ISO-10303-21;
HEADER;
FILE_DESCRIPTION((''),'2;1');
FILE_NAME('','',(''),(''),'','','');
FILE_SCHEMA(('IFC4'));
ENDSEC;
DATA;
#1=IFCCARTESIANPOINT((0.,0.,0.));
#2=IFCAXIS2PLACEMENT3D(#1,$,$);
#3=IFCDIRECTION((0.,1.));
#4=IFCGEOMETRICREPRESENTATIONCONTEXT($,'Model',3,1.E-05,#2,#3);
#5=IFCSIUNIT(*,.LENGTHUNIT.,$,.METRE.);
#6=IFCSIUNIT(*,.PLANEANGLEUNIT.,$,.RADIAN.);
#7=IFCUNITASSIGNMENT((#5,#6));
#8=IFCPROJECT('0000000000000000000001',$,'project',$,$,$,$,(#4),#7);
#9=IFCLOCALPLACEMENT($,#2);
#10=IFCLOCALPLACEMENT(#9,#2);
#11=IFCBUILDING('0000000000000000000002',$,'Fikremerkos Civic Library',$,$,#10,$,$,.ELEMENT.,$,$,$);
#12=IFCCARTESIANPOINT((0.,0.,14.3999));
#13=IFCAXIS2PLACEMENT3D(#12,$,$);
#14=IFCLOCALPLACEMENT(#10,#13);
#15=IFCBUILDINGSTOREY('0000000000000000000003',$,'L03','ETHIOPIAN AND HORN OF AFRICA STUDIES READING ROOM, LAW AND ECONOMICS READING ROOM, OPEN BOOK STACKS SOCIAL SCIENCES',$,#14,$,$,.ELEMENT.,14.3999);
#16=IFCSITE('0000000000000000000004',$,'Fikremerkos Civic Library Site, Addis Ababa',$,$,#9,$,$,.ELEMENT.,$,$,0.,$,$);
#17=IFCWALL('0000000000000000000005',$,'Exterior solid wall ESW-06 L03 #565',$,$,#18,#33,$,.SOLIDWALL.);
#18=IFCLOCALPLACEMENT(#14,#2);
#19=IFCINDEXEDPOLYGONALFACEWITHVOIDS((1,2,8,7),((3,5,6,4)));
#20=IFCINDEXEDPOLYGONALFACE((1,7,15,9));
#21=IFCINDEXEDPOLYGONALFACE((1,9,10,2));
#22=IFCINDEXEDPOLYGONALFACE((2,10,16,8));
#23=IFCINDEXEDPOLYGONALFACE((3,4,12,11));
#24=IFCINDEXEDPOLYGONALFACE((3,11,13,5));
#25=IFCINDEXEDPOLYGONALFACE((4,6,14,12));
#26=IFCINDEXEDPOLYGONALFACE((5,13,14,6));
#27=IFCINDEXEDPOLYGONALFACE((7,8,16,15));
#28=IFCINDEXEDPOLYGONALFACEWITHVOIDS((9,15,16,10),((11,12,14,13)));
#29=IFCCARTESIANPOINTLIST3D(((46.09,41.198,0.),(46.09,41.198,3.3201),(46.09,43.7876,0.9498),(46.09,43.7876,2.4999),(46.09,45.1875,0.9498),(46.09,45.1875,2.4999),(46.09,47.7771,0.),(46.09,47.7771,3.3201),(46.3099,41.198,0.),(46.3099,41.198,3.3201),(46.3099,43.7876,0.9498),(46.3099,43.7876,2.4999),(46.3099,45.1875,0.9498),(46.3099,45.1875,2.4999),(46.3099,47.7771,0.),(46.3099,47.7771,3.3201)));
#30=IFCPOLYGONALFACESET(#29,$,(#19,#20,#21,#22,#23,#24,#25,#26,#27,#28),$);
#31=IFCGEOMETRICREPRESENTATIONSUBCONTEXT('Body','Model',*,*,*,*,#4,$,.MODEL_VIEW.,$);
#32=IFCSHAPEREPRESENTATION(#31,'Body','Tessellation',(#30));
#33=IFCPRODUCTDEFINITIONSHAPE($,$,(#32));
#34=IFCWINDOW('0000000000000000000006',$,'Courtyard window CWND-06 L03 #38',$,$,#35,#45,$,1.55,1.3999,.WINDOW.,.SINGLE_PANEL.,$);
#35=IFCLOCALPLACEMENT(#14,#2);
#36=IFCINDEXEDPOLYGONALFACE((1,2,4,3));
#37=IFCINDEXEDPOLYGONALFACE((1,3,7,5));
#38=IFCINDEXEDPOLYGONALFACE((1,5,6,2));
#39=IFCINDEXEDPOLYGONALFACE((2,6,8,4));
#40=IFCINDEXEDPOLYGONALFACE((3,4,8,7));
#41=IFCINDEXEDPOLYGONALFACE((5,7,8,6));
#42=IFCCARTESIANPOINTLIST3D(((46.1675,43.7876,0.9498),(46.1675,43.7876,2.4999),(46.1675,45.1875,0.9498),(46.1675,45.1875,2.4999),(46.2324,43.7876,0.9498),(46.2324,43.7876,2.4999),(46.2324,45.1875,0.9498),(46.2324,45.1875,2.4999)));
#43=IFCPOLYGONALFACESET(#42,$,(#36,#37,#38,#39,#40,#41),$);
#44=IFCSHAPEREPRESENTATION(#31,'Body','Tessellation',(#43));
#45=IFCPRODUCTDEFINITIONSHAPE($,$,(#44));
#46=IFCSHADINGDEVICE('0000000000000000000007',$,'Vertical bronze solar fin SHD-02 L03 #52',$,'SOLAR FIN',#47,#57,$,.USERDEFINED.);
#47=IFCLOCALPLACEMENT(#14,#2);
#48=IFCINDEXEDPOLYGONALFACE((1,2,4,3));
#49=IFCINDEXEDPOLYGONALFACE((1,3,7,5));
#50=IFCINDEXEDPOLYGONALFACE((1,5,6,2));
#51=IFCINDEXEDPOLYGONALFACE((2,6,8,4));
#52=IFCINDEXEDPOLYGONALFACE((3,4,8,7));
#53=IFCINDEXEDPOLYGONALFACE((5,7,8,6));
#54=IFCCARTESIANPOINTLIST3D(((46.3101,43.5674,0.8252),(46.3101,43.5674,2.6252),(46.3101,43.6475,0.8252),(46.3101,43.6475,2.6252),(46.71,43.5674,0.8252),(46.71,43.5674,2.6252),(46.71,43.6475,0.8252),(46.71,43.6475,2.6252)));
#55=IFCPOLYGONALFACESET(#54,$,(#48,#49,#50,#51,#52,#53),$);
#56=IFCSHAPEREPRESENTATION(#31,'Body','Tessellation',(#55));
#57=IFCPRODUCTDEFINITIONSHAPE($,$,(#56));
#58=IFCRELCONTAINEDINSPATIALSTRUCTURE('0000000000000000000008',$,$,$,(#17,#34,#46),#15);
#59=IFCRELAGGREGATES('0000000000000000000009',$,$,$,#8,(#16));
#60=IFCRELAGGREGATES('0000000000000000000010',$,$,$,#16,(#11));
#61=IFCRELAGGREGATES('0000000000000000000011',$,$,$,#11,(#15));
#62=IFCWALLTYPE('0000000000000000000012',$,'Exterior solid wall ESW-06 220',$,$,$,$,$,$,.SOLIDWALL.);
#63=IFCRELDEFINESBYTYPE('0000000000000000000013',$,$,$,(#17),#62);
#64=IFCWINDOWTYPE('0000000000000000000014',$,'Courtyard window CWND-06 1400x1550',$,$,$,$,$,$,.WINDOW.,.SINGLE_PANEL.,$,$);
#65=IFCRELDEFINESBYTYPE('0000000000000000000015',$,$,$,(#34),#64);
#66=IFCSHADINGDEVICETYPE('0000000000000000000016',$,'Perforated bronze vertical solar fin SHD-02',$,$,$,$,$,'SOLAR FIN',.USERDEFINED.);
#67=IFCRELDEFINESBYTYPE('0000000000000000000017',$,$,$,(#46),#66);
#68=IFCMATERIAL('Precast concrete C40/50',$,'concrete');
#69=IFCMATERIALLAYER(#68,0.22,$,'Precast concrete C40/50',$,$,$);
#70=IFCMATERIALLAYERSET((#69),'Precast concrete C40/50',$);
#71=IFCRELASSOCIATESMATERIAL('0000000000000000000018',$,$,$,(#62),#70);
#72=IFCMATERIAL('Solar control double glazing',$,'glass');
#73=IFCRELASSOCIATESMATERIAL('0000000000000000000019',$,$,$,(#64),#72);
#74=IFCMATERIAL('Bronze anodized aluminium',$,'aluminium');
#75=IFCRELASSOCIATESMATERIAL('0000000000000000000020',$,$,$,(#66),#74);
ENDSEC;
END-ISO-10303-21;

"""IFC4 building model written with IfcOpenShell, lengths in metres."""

from ifc_helpers import new_model, si_unit, direction, frame, frame_2d, origin, origin_2d, place, context, subcontext, project, spatial, rectangle, extrude, material, layer, layer_set, type_object, element, fill, save


model = new_model("IFC4")

# Units and contexts
model_context = context("Model", 3, precision=1e-05, world=origin(), true_north=direction((0.0, 1.0)))
body_context = subcontext(model_context, "Body", "Model", "MODEL_VIEW")
ifc_project = project(units=[si_unit("LENGTHUNIT", "METRE"), si_unit("PLANEANGLEUNIT", "RADIAN")], contexts=[model_context])

# Site, building, storey
site_placement = place(None, origin())
site = spatial("IfcSite", under=ifc_project, at=site_placement, Name="Fikremerkos Civic Library Site, Addis Ababa", CompositionType="ELEMENT", RefElevation=0.0)
building_placement = place(site_placement, origin())
building = spatial("IfcBuilding", under=site, at=building_placement, Name="Fikremerkos Civic Library", CompositionType="ELEMENT")
storey_placement = place(building_placement, frame((0.0, 0.0, 14.3999)))
storey = spatial("IfcBuildingStorey", under=building, at=storey_placement, Name="L03", Description="ETHIOPIAN AND HORN OF AFRICA STUDIES READING ROOM, LAW AND ECONOMICS READING ROOM, OPEN BOOK STACKS SOCIAL SCIENCES", CompositionType="ELEMENT", Elevation=14.3999)

# Shared definitions
ifc_material_1 = material(Name="Solar control double glazing", Category="glass")

# Shared definitions
ifc_material_2 = material(Name="Precast concrete C40/50", Category="concrete")

# Wall, opening, window
ifc_layer_1 = layer(ifc_material_2, 0.22, Name="Precast concrete C40/50")
ifc_layer_set_1 = layer_set([ifc_layer_1], Name="Precast concrete C40/50")
wall_type_1 = type_object("IfcWallType", Name="Exterior solid wall ESW-06 220", PredefinedType="SOLIDWALL", material=ifc_layer_set_1)
wall_1_placement = place(storey_placement, frame((46.2, 41.198, 0.0), z_axis=(0.0, 0.0, 1.0), x_axis=(0.0, 1.0, 0.0)))
wall_1 = element("IfcWall", 1, at=wall_1_placement, inside=storey, type_object=wall_type_1, Name="Exterior solid wall ESW-06 L03 #565", PredefinedType="SOLIDWALL", context=body_context, shape_type="SweptSolid", body=[
    extrude(rectangle(XDim=6.5791, YDim=0.22, at=frame_2d((3.2896, 0.0))), origin(), (0.0, 0.0, 1.0), 3.3201),
])
opening_placement = place(wall_1_placement, frame((2.5896, 0.0, 0.95)))
opening = element("IfcOpeningElement", 2, at=opening_placement, cuts=wall_1, PredefinedType="OPENING", context=body_context, shape_type="SweptSolid", body=[
    extrude(rectangle(XDim=1.3999, YDim=1.55, at=frame_2d((0.7, 0.7749))), frame((0.0, 0.1199, 0.0), z_axis=(0.0, -1.0, 0.0), x_axis=(1.0, 0.0, 0.0)), (0.0, 0.0, 1.0), 0.24),
])
window_type = type_object("IfcWindowType", Name="Courtyard window CWND-06 1400x1550", PartitioningType="SINGLE_PANEL", PredefinedType="WINDOW", material=ifc_material_1)
window_placement = place(opening_placement, origin())
window = element("IfcWindow", 3, at=window_placement, inside=storey, type_object=window_type, Name="Courtyard window CWND-06 L03 #38", OverallHeight=1.55, OverallWidth=1.3999, PartitioningType="SINGLE_PANEL", PredefinedType="WINDOW", context=body_context, shape_type="SweptSolid", body=[
    extrude(rectangle(XDim=1.3999, YDim=1.55, at=frame_2d((0.7, 0.7749))), frame((0.0, 0.0325, 0.0), z_axis=(0.0, -1.0, 0.0), x_axis=(1.0, 0.0, 0.0)), (0.0, 0.0, 1.0), 0.0649),
])
fill(opening, window)

# Shading device
ifc_material_3 = material(Name="Bronze anodized aluminium", Category="aluminium")
shading_device_type = type_object("IfcShadingDeviceType", Name="Perforated bronze vertical solar fin SHD-02", ElementType="SOLAR FIN", PredefinedType="USERDEFINED", material=ifc_material_3)
shading_device_placement = place(storey_placement, frame((46.51, 43.6074, 0.8252), z_axis=(0.0, 0.0, 1.0), x_axis=(0.0, 1.0, 0.0)))
element("IfcShadingDevice", 4, at=shading_device_placement, inside=storey, type_object=shading_device_type, Name="Vertical bronze solar fin SHD-02 L03 #52", ObjectType="SOLAR FIN", PredefinedType="USERDEFINED", context=body_context, shape_type="SweptSolid", body=[
    extrude(rectangle(XDim=0.0801, YDim=0.3999, at=origin_2d()), origin(), (0.0, 0.0, 1.0), 1.8),
])

save(model, "model.ifc")
